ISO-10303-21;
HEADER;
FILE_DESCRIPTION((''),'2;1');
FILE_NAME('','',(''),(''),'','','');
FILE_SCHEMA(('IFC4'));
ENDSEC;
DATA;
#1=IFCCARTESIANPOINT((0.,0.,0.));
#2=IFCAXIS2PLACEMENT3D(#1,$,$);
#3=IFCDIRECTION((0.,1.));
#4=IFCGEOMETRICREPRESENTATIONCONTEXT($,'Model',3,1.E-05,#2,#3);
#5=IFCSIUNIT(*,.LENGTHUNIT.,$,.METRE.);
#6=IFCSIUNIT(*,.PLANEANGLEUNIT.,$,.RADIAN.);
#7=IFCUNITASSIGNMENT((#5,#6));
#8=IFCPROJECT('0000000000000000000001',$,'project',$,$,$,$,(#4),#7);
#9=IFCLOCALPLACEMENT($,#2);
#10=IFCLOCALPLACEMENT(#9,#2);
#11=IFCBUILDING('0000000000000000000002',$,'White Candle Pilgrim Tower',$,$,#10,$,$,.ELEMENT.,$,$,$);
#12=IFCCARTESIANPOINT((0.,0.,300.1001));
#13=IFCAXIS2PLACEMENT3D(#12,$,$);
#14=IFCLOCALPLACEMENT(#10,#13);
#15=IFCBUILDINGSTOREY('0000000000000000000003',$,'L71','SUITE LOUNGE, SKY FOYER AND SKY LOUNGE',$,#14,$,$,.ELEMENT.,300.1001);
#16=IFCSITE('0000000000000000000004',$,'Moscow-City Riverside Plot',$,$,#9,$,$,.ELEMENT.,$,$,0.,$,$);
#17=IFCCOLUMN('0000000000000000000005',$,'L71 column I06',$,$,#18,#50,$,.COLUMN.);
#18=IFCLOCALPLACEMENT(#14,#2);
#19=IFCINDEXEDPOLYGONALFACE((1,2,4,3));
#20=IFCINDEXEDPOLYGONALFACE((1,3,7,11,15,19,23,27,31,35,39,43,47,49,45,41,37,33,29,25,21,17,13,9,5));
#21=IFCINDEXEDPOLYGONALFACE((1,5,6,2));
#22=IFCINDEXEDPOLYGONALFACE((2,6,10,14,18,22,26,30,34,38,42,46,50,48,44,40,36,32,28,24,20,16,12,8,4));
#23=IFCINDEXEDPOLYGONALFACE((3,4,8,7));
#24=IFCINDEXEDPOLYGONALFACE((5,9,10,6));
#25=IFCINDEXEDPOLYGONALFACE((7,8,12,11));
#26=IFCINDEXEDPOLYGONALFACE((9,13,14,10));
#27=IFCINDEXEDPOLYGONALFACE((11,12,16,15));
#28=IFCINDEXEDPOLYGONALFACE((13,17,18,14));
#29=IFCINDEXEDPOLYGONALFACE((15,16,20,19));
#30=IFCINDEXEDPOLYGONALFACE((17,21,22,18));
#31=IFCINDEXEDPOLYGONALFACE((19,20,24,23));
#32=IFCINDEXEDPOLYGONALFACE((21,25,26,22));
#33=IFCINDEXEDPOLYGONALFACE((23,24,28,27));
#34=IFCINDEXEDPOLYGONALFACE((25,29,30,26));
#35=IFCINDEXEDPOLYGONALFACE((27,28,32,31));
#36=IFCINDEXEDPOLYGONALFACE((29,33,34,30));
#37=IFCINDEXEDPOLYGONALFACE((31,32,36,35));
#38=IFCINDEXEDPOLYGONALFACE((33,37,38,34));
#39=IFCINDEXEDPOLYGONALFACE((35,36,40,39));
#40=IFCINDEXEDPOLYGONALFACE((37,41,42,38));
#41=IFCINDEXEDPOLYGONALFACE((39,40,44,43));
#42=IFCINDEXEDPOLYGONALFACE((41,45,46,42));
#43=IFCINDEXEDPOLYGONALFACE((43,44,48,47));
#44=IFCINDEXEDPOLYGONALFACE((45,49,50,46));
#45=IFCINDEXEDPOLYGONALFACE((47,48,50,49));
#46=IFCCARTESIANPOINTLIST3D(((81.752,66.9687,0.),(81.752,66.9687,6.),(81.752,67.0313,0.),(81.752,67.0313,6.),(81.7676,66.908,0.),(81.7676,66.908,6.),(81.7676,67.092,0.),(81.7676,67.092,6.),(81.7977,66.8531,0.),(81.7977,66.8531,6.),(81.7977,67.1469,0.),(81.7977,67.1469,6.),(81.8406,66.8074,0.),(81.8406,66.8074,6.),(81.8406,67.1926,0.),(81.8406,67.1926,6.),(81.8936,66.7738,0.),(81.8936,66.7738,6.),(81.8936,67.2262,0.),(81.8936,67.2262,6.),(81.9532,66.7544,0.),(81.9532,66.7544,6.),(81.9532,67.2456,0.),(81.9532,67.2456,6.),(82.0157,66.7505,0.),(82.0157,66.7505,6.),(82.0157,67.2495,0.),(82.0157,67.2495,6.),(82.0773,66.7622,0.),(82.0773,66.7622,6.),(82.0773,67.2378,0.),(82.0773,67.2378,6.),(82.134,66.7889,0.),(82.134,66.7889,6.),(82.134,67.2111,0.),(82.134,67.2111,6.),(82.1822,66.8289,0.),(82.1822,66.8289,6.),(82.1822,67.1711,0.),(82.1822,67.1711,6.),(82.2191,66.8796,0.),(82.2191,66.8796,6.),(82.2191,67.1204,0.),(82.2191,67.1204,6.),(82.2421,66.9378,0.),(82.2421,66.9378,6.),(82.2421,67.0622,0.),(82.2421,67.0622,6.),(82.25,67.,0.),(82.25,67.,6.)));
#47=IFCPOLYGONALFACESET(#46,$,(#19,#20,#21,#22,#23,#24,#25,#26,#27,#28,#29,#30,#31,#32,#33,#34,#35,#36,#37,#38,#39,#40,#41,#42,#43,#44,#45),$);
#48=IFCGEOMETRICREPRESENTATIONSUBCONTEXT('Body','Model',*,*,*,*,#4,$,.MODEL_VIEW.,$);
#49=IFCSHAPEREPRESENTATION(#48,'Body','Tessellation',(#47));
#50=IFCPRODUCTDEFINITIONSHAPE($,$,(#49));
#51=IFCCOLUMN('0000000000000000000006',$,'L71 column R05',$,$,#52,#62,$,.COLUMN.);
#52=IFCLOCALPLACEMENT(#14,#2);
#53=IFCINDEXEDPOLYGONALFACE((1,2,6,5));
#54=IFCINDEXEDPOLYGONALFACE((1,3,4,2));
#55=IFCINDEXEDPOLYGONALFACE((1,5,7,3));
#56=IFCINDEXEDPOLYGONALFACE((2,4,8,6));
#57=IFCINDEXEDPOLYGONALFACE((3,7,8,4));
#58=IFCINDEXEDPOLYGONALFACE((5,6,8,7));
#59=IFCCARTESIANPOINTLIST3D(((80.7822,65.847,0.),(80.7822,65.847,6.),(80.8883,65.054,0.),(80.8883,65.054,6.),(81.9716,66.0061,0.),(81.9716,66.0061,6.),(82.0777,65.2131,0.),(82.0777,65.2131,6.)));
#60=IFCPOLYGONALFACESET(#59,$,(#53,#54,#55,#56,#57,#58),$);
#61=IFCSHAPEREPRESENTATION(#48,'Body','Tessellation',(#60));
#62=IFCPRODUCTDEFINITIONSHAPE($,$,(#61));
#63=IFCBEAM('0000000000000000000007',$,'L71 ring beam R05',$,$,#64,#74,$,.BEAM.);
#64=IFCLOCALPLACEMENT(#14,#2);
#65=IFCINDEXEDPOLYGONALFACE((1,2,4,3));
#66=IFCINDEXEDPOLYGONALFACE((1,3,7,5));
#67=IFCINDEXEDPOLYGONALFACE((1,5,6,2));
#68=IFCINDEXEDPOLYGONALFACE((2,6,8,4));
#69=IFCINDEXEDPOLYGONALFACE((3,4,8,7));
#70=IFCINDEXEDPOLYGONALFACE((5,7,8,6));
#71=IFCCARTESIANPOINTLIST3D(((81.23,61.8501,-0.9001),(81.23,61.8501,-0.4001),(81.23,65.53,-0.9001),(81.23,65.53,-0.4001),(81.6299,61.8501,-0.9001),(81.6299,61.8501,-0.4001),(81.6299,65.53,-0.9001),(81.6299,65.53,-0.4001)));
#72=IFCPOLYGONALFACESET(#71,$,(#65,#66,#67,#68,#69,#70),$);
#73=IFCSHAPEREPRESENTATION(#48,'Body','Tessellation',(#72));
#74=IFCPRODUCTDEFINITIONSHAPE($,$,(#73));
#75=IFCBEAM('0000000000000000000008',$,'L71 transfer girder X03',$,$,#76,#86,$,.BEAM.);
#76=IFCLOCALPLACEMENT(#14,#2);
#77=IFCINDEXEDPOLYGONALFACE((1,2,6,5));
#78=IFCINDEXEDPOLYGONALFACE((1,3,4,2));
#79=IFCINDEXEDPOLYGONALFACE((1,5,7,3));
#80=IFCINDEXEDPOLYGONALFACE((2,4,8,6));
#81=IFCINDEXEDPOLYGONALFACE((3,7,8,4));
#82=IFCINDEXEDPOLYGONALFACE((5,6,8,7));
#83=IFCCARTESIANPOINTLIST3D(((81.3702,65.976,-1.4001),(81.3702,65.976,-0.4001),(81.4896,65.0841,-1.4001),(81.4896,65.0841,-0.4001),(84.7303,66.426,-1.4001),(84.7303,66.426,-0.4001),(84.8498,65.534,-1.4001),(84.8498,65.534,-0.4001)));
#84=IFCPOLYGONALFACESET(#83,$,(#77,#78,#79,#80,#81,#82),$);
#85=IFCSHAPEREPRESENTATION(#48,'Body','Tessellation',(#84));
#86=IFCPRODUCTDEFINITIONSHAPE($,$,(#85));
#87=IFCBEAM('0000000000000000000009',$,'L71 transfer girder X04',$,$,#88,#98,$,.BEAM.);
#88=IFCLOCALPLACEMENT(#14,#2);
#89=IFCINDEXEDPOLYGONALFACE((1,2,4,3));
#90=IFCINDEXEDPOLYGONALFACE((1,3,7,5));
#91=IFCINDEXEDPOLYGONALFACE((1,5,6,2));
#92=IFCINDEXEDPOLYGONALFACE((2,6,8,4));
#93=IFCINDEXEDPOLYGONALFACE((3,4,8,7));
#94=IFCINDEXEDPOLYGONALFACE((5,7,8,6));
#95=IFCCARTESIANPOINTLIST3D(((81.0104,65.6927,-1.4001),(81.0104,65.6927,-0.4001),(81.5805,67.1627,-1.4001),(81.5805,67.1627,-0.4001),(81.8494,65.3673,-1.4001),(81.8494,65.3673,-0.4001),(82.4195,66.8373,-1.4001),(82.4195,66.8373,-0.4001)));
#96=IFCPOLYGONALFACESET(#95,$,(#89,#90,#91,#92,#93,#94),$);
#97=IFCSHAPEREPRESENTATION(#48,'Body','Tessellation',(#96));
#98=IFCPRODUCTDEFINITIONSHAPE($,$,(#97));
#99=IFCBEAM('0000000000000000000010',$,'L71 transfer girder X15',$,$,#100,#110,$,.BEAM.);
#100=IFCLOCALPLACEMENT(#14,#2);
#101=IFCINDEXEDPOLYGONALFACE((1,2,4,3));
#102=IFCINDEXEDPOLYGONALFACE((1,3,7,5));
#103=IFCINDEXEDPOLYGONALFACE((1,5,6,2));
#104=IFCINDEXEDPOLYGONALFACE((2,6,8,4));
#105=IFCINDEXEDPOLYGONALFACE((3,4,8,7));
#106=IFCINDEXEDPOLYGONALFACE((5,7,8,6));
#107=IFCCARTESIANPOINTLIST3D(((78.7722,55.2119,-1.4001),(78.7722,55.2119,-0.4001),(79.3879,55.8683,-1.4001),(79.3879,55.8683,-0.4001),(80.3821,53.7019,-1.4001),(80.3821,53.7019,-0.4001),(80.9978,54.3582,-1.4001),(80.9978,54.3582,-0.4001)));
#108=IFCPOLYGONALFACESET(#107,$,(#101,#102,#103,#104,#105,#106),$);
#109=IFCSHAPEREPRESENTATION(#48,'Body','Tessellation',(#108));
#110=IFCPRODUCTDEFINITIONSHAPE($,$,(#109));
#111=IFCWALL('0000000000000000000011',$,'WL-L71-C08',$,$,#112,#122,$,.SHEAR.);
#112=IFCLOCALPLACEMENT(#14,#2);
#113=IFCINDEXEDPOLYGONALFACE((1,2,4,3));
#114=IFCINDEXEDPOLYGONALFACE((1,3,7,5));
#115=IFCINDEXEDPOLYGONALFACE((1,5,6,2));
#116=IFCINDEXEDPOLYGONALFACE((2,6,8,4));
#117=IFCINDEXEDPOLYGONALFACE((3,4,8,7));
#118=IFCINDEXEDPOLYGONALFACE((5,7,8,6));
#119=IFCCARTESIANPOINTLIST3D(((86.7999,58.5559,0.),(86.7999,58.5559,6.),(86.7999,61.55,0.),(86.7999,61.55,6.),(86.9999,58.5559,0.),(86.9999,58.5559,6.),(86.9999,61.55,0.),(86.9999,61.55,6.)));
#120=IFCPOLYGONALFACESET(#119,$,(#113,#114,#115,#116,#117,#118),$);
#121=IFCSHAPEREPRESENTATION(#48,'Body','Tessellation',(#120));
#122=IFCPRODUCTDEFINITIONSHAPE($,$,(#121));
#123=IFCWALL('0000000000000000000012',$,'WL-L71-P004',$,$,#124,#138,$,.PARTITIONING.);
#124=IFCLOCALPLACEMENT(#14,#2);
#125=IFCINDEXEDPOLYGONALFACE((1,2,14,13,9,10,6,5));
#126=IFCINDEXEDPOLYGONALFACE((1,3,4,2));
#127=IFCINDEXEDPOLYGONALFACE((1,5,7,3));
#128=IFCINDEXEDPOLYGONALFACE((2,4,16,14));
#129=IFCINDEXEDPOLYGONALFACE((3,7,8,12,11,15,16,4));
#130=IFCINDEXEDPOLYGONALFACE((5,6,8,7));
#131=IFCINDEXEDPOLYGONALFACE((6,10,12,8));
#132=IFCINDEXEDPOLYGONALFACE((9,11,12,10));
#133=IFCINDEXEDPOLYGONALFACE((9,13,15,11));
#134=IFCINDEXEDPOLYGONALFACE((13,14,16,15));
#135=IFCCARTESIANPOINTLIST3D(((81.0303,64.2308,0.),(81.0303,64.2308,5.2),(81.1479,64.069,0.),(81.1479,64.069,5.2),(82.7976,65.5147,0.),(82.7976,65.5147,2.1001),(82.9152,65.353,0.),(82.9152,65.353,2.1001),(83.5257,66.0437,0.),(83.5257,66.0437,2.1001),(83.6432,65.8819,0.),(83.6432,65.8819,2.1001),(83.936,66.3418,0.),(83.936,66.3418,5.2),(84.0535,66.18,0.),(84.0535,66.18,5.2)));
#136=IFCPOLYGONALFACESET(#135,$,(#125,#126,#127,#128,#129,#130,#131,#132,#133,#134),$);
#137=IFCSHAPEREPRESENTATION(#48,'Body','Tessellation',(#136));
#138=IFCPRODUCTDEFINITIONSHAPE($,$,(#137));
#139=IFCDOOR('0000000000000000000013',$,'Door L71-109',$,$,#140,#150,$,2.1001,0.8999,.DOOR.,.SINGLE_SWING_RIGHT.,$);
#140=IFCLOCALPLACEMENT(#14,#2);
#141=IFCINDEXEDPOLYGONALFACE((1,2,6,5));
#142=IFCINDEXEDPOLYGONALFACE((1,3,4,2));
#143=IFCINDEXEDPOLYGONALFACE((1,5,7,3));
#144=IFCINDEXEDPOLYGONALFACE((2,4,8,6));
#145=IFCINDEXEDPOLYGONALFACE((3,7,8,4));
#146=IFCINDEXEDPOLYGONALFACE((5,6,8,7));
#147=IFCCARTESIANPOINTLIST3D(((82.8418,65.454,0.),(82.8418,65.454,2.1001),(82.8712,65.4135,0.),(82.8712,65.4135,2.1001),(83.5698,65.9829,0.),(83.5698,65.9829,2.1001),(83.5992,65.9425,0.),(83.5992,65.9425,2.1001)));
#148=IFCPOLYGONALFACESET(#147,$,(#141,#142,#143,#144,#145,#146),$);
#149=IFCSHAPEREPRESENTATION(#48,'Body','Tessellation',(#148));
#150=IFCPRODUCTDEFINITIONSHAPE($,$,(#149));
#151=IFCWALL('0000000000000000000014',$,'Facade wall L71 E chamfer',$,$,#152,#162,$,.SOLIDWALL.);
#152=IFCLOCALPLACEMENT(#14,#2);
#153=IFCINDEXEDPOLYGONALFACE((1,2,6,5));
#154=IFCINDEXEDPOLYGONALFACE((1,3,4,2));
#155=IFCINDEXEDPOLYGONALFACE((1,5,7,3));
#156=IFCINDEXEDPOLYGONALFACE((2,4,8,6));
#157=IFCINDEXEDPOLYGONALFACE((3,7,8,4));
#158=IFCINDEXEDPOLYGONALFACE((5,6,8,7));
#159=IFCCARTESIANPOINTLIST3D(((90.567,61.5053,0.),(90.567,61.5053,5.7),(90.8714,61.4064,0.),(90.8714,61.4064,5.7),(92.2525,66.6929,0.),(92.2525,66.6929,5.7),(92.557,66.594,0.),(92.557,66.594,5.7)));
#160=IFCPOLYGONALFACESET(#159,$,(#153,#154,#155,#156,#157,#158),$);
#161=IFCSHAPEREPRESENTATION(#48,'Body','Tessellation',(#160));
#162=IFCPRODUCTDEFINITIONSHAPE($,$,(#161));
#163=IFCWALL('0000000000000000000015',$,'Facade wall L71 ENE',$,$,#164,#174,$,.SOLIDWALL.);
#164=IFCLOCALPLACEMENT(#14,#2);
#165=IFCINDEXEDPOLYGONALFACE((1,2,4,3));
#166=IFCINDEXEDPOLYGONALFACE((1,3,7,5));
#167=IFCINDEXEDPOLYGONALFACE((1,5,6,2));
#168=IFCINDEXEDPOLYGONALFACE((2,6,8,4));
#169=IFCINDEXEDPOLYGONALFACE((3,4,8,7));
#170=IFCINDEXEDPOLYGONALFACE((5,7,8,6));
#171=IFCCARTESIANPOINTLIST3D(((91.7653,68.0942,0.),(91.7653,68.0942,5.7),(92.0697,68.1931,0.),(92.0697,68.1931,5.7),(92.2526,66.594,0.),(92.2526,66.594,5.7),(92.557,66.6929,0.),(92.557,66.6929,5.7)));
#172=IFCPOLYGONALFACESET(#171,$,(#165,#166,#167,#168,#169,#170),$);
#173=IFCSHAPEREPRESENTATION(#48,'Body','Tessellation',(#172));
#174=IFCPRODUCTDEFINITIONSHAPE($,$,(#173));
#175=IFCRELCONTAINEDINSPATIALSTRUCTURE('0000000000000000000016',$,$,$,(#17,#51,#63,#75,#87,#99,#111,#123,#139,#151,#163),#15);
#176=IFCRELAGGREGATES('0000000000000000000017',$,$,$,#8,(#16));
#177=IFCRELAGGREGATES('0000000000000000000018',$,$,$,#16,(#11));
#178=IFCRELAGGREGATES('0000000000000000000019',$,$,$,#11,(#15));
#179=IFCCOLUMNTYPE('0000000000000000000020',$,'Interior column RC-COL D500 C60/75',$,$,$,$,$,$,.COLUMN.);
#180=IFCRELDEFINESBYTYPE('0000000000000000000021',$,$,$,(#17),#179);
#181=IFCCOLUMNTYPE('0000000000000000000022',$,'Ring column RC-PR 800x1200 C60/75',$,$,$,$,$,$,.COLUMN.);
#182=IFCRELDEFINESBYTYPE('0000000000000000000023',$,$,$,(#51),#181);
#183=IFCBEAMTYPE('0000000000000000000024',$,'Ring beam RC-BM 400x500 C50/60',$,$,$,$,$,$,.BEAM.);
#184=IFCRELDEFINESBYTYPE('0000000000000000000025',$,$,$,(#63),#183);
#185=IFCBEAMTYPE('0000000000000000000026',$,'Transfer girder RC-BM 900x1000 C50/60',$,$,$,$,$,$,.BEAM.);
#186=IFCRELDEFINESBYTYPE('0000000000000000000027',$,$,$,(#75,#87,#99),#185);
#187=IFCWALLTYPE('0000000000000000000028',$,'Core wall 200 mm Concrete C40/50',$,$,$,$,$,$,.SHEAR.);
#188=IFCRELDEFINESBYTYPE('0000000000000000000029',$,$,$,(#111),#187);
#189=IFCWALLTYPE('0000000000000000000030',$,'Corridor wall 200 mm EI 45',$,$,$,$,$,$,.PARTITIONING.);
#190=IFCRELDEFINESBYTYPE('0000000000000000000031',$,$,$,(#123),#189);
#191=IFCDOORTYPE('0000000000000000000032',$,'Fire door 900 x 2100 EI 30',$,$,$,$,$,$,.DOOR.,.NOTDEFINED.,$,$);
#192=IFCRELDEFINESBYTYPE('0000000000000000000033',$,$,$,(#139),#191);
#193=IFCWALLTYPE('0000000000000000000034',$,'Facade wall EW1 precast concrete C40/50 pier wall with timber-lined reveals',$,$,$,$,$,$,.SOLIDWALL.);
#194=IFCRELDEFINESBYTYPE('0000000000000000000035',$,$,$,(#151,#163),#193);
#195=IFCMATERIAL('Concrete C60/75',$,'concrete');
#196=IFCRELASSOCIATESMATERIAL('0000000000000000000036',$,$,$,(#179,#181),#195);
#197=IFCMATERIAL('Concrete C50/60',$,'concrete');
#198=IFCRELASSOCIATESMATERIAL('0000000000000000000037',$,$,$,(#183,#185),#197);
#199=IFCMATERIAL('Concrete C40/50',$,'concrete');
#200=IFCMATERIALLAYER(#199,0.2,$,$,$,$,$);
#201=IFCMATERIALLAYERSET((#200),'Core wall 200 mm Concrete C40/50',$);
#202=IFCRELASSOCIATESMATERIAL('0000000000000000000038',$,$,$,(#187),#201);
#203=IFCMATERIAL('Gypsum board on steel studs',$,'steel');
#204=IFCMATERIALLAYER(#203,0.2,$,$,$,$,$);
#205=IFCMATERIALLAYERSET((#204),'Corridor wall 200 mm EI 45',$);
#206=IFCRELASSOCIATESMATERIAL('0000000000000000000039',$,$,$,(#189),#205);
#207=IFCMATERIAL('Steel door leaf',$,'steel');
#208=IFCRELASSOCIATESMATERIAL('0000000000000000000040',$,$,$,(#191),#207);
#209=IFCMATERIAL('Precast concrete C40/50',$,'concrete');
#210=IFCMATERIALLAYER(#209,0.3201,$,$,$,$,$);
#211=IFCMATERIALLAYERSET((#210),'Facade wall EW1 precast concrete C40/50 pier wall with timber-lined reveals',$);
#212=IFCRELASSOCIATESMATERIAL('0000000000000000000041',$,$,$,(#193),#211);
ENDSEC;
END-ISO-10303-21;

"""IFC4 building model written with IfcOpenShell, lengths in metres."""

from ifc_helpers import new_model, si_unit, direction, frame, frame_2d, origin, origin_2d, place, context, subcontext, project, spatial, rectangle, circle, extrude, material, layer, layer_set, material_profile, profile_set, type_object, element, fill, save


model = new_model("IFC4")

# Units and contexts
model_context = context("Model", 3, precision=1e-05, world=origin(), true_north=direction((0.0, 1.0)))
body_context = subcontext(model_context, "Body", "Model", "MODEL_VIEW")
ifc_project = project(units=[si_unit("LENGTHUNIT", "METRE"), si_unit("PLANEANGLEUNIT", "RADIAN")], contexts=[model_context])

# Site, building, storey
site_placement = place(None, origin())
site = spatial("IfcSite", under=ifc_project, at=site_placement, Name="Moscow-City Riverside Plot", CompositionType="ELEMENT", RefElevation=0.0)
building_placement = place(site_placement, origin())
building = spatial("IfcBuilding", under=site, at=building_placement, Name="White Candle Pilgrim Tower", CompositionType="ELEMENT")
storey_placement = place(building_placement, frame((0.0, 0.0, 300.1001)))
storey = spatial("IfcBuildingStorey", under=building, at=storey_placement, Name="L71", Description="SUITE LOUNGE, SKY FOYER AND SKY LOUNGE", CompositionType="ELEMENT", Elevation=300.1001)

# Columns
ifc_material_1 = material(Name="Concrete C60/75", Category="concrete")
ifc_material_profile_1 = material_profile(ifc_material_1, circle(Radius=0.25, at=origin_2d()), Name="RC-COL D500")
ifc_profile_set_1 = profile_set([ifc_material_profile_1], Name="Concrete C60/75")
column_type_1 = type_object("IfcColumnType", Name="Interior column RC-COL D500 C60/75", PredefinedType="COLUMN", material=ifc_profile_set_1)
column_1_placement = place(storey_placement, frame((82.0, 67.0, 0.0), z_axis=(0.0, 0.0, 1.0), x_axis=(1.0, 0.0, 0.0)))
element("IfcColumn", 1, at=column_1_placement, inside=storey, type_object=column_type_1, Name="L71 column I06", PredefinedType="COLUMN", context=body_context, shape_type="SweptSolid", body=[
    extrude(circle(Radius=0.25, at=origin_2d()), origin(), (0.0, 0.0, 1.0), 6.0),
])
ifc_material_profile_2 = material_profile(ifc_material_1, rectangle(XDim=0.8, YDim=1.2, at=origin_2d()), Name="RC-PR 800x1200")
ifc_profile_set_2 = profile_set([ifc_material_profile_2], Name="Concrete C60/75")
column_type_2 = type_object("IfcColumnType", Name="Ring column RC-PR 800x1200 C60/75", PredefinedType="COLUMN", material=ifc_profile_set_2)
column_2_placement = place(storey_placement, frame((81.4299, 65.53, 0.0), z_axis=(0.0, 0.0, 1.0), x_axis=(0.132602, -0.991169, 0.0)))
element("IfcColumn", 2, at=column_2_placement, inside=storey, type_object=column_type_2, Name="L71 column R05", PredefinedType="COLUMN", context=body_context, shape_type="SweptSolid", body=[
    extrude(rectangle(XDim=0.8, YDim=1.2, at=origin_2d()), origin(), (0.0, 0.0, 1.0), 6.0),
])

# Beams
ifc_material_2 = material(Name="Concrete C50/60", Category="concrete")
ifc_material_profile_3 = material_profile(ifc_material_2, rectangle(XDim=0.3999, YDim=0.5, at=origin_2d()), Name="RC-BM 400x500")
ifc_profile_set_3 = profile_set([ifc_material_profile_3], Name="Concrete C50/60")
beam_type_1 = type_object("IfcBeamType", Name="Ring beam RC-BM 400x500 C50/60", PredefinedType="BEAM", material=ifc_profile_set_3)
beam_1_placement = place(storey_placement, frame((81.4299, 65.53, -0.6501), z_axis=(0.0, -1.0, 0.0), x_axis=(1.0, 0.0, 0.0)))
element("IfcBeam", 3, at=beam_1_placement, inside=storey, type_object=beam_type_1, Name="L71 ring beam R05", PredefinedType="BEAM", context=body_context, shape_type="SweptSolid", body=[
    extrude(rectangle(XDim=0.3999, YDim=0.5, at=origin_2d()), origin(), (0.0, 0.0, 1.0), 3.6799),
])
ifc_material_profile_4 = material_profile(ifc_material_2, rectangle(XDim=0.8999, YDim=1.0, at=origin_2d()), Name="RC-BM 900x1000")
ifc_profile_set_4 = profile_set([ifc_material_profile_4], Name="Concrete C50/60")
beam_type_2 = type_object("IfcBeamType", Name="Transfer girder RC-BM 900x1000 C50/60", PredefinedType="BEAM", material=ifc_profile_set_4)
beam_2_placement = place(storey_placement, frame((84.79, 65.98, -0.9001), z_axis=(-0.991153, -0.132725, 0.0), x_axis=(0.132725, -0.991153, 0.0)))
element("IfcBeam", 4, at=beam_2_placement, inside=storey, type_object=beam_type_2, Name="L71 transfer girder X03", PredefinedType="BEAM", context=body_context, shape_type="SweptSolid", body=[
    extrude(rectangle(XDim=0.8999, YDim=1.0, at=origin_2d()), origin(), (0.0, 0.0, 1.0), 3.3901),
])
beam_3_placement = place(storey_placement, frame((81.4299, 65.53, -0.9001), z_axis=(0.361572, 0.932344, 0.0), x_axis=(-0.932344, 0.361572, 0.0)))
element("IfcBeam", 5, at=beam_3_placement, inside=storey, type_object=beam_type_2, Name="L71 transfer girder X04", PredefinedType="BEAM", context=body_context, shape_type="SweptSolid", body=[
    extrude(rectangle(XDim=0.8999, YDim=1.0, at=origin_2d()), origin(), (0.0, 0.0, 1.0), 1.5767),
])
beam_4_placement = place(storey_placement, frame((80.6899, 54.03, -0.9001), z_axis=(-0.729365, 0.684125, 0.0), x_axis=(-0.684125, -0.729365, 0.0)))
element("IfcBeam", 6, at=beam_4_placement, inside=storey, type_object=beam_type_2, Name="L71 transfer girder X15", PredefinedType="BEAM", context=body_context, shape_type="SweptSolid", body=[
    extrude(rectangle(XDim=0.8999, YDim=1.0, at=origin_2d()), origin(), (0.0, 0.0, 1.0), 2.2073),
])

# Wall
ifc_material_3 = material(Name="Concrete C40/50", Category="concrete")
ifc_layer_1 = layer(ifc_material_3, 0.2)
ifc_layer_set_1 = layer_set([ifc_layer_1], Name="Core wall 200 mm Concrete C40/50")
wall_type_1 = type_object("IfcWallType", Name="Core wall 200 mm Concrete C40/50", PredefinedType="SHEAR", material=ifc_layer_set_1)
wall_1_placement = place(storey_placement, frame((86.8999, 58.5559, 0.0), z_axis=(0.0, 0.0, 1.0), x_axis=(0.0, 1.0, 0.0)))
element("IfcWall", 7, at=wall_1_placement, inside=storey, type_object=wall_type_1, Name="WL-L71-C08", PredefinedType="SHEAR", context=body_context, shape_type="SweptSolid", body=[
    extrude(rectangle(XDim=2.9941, YDim=0.2, at=frame_2d((1.4971, 0.0))), origin(), (0.0, 0.0, 1.0), 6.0),
])

# Wall, opening, door
ifc_material_4 = material(Name="Gypsum board on steel studs", Category="steel")
ifc_layer_2 = layer(ifc_material_4, 0.2)
ifc_layer_set_2 = layer_set([ifc_layer_2], Name="Corridor wall 200 mm EI 45")
wall_type_2 = type_object("IfcWallType", Name="Corridor wall 200 mm EI 45", PredefinedType="PARTITIONING", material=ifc_layer_set_2)
wall_2_placement = place(storey_placement, frame((83.9949, 66.261, 0.0), z_axis=(0.0, 0.0, 1.0), x_axis=(-0.809027, -0.587771, 0.0)))
wall_2 = element("IfcWall", 8, at=wall_2_placement, inside=storey, type_object=wall_type_2, Name="WL-L71-P004", PredefinedType="PARTITIONING", context=body_context, shape_type="SweptSolid", body=[
    extrude(rectangle(XDim=3.5916, YDim=0.2, at=frame_2d((1.7959, 0.0))), origin(), (0.0, 0.0, 1.0), 5.2),
])
opening_1_placement = place(wall_2_placement, frame((0.5073, 0.0, 0.0)))
opening_1 = element("IfcOpeningElement", 9, at=opening_1_placement, cuts=wall_2, PredefinedType="OPENING", context=body_context, shape_type="SweptSolid", body=[
    extrude(rectangle(XDim=0.8999, YDim=2.1001, at=frame_2d((0.45, 1.05))), frame((0.0, 0.1099, 0.0), z_axis=(0.0, -1.0, 0.0), x_axis=(1.0, 0.0, 0.0)), (0.0, 0.0, 1.0), 0.22),
])
ifc_material_5 = material(Name="Steel door leaf", Category="steel")
door_type_1 = type_object("IfcDoorType", Name="Fire door 900 x 2100 EI 30", OperationType="NOTDEFINED", PredefinedType="DOOR", material=ifc_material_5)
door_1_placement = place(opening_1_placement, frame((0.8999, 0.0, 0.0), z_axis=(0.0, 0.0, 1.0), x_axis=(-1.0, 0.0, 0.0)))
door_1 = element("IfcDoor", 10, at=door_1_placement, inside=storey, type_object=door_type_1, Name="Door L71-109", OperationType="SINGLE_SWING_RIGHT", OverallHeight=2.1001, OverallWidth=0.8999, PredefinedType="DOOR", context=body_context, shape_type="SweptSolid", body=[
    extrude(rectangle(XDim=0.8999, YDim=2.1001, at=frame_2d((0.45, 1.05))), frame((0.0, 0.0249, 0.0), z_axis=(0.0, -1.0, 0.0), x_axis=(1.0, 0.0, 0.0)), (0.0, 0.0, 1.0), 0.05),
])
fill(opening_1, door_1)

# Walls
ifc_material_6 = material(Name="Precast concrete C40/50", Category="concrete")
ifc_layer_3 = layer(ifc_material_6, 0.3201)
ifc_layer_set_3 = layer_set([ifc_layer_3], Name="Facade wall EW1 precast concrete C40/50 pier wall with timber-lined reveals")
wall_type_3 = type_object("IfcWallType", Name="Facade wall EW1 precast concrete C40/50 pier wall with timber-lined reveals", PredefinedType="SOLIDWALL", material=ifc_layer_set_3)
wall_3_placement = place(storey_placement, frame((90.7192, 61.4558, 0.0), z_axis=(0.0, 0.0, 1.0), x_axis=(0.309008, 0.951059, 0.0)))
element("IfcWall", 11, at=wall_3_placement, inside=storey, type_object=wall_type_3, Name="Facade wall L71 E chamfer", PredefinedType="SOLIDWALL", context=body_context, shape_type="SweptSolid", body=[
    extrude(rectangle(XDim=5.4546, YDim=0.3201, at=frame_2d((2.7273, 0.0))), origin(), (0.0, 0.0, 1.0), 5.7),
])
wall_4_placement = place(storey_placement, frame((92.4048, 66.6436, 0.0), z_axis=(0.0, 0.0, 1.0), x_axis=(-0.308929, 0.951085, 0.0)))
element("IfcWall", 12, at=wall_4_placement, inside=storey, type_object=wall_type_3, Name="Facade wall L71 ENE", PredefinedType="SOLIDWALL", context=body_context, shape_type="SweptSolid", body=[
    extrude(rectangle(XDim=1.5774, YDim=0.3201, at=frame_2d((0.7886, 0.0))), origin(), (0.0, 0.0, 1.0), 5.7),
])

save(model, "model.ifc")
